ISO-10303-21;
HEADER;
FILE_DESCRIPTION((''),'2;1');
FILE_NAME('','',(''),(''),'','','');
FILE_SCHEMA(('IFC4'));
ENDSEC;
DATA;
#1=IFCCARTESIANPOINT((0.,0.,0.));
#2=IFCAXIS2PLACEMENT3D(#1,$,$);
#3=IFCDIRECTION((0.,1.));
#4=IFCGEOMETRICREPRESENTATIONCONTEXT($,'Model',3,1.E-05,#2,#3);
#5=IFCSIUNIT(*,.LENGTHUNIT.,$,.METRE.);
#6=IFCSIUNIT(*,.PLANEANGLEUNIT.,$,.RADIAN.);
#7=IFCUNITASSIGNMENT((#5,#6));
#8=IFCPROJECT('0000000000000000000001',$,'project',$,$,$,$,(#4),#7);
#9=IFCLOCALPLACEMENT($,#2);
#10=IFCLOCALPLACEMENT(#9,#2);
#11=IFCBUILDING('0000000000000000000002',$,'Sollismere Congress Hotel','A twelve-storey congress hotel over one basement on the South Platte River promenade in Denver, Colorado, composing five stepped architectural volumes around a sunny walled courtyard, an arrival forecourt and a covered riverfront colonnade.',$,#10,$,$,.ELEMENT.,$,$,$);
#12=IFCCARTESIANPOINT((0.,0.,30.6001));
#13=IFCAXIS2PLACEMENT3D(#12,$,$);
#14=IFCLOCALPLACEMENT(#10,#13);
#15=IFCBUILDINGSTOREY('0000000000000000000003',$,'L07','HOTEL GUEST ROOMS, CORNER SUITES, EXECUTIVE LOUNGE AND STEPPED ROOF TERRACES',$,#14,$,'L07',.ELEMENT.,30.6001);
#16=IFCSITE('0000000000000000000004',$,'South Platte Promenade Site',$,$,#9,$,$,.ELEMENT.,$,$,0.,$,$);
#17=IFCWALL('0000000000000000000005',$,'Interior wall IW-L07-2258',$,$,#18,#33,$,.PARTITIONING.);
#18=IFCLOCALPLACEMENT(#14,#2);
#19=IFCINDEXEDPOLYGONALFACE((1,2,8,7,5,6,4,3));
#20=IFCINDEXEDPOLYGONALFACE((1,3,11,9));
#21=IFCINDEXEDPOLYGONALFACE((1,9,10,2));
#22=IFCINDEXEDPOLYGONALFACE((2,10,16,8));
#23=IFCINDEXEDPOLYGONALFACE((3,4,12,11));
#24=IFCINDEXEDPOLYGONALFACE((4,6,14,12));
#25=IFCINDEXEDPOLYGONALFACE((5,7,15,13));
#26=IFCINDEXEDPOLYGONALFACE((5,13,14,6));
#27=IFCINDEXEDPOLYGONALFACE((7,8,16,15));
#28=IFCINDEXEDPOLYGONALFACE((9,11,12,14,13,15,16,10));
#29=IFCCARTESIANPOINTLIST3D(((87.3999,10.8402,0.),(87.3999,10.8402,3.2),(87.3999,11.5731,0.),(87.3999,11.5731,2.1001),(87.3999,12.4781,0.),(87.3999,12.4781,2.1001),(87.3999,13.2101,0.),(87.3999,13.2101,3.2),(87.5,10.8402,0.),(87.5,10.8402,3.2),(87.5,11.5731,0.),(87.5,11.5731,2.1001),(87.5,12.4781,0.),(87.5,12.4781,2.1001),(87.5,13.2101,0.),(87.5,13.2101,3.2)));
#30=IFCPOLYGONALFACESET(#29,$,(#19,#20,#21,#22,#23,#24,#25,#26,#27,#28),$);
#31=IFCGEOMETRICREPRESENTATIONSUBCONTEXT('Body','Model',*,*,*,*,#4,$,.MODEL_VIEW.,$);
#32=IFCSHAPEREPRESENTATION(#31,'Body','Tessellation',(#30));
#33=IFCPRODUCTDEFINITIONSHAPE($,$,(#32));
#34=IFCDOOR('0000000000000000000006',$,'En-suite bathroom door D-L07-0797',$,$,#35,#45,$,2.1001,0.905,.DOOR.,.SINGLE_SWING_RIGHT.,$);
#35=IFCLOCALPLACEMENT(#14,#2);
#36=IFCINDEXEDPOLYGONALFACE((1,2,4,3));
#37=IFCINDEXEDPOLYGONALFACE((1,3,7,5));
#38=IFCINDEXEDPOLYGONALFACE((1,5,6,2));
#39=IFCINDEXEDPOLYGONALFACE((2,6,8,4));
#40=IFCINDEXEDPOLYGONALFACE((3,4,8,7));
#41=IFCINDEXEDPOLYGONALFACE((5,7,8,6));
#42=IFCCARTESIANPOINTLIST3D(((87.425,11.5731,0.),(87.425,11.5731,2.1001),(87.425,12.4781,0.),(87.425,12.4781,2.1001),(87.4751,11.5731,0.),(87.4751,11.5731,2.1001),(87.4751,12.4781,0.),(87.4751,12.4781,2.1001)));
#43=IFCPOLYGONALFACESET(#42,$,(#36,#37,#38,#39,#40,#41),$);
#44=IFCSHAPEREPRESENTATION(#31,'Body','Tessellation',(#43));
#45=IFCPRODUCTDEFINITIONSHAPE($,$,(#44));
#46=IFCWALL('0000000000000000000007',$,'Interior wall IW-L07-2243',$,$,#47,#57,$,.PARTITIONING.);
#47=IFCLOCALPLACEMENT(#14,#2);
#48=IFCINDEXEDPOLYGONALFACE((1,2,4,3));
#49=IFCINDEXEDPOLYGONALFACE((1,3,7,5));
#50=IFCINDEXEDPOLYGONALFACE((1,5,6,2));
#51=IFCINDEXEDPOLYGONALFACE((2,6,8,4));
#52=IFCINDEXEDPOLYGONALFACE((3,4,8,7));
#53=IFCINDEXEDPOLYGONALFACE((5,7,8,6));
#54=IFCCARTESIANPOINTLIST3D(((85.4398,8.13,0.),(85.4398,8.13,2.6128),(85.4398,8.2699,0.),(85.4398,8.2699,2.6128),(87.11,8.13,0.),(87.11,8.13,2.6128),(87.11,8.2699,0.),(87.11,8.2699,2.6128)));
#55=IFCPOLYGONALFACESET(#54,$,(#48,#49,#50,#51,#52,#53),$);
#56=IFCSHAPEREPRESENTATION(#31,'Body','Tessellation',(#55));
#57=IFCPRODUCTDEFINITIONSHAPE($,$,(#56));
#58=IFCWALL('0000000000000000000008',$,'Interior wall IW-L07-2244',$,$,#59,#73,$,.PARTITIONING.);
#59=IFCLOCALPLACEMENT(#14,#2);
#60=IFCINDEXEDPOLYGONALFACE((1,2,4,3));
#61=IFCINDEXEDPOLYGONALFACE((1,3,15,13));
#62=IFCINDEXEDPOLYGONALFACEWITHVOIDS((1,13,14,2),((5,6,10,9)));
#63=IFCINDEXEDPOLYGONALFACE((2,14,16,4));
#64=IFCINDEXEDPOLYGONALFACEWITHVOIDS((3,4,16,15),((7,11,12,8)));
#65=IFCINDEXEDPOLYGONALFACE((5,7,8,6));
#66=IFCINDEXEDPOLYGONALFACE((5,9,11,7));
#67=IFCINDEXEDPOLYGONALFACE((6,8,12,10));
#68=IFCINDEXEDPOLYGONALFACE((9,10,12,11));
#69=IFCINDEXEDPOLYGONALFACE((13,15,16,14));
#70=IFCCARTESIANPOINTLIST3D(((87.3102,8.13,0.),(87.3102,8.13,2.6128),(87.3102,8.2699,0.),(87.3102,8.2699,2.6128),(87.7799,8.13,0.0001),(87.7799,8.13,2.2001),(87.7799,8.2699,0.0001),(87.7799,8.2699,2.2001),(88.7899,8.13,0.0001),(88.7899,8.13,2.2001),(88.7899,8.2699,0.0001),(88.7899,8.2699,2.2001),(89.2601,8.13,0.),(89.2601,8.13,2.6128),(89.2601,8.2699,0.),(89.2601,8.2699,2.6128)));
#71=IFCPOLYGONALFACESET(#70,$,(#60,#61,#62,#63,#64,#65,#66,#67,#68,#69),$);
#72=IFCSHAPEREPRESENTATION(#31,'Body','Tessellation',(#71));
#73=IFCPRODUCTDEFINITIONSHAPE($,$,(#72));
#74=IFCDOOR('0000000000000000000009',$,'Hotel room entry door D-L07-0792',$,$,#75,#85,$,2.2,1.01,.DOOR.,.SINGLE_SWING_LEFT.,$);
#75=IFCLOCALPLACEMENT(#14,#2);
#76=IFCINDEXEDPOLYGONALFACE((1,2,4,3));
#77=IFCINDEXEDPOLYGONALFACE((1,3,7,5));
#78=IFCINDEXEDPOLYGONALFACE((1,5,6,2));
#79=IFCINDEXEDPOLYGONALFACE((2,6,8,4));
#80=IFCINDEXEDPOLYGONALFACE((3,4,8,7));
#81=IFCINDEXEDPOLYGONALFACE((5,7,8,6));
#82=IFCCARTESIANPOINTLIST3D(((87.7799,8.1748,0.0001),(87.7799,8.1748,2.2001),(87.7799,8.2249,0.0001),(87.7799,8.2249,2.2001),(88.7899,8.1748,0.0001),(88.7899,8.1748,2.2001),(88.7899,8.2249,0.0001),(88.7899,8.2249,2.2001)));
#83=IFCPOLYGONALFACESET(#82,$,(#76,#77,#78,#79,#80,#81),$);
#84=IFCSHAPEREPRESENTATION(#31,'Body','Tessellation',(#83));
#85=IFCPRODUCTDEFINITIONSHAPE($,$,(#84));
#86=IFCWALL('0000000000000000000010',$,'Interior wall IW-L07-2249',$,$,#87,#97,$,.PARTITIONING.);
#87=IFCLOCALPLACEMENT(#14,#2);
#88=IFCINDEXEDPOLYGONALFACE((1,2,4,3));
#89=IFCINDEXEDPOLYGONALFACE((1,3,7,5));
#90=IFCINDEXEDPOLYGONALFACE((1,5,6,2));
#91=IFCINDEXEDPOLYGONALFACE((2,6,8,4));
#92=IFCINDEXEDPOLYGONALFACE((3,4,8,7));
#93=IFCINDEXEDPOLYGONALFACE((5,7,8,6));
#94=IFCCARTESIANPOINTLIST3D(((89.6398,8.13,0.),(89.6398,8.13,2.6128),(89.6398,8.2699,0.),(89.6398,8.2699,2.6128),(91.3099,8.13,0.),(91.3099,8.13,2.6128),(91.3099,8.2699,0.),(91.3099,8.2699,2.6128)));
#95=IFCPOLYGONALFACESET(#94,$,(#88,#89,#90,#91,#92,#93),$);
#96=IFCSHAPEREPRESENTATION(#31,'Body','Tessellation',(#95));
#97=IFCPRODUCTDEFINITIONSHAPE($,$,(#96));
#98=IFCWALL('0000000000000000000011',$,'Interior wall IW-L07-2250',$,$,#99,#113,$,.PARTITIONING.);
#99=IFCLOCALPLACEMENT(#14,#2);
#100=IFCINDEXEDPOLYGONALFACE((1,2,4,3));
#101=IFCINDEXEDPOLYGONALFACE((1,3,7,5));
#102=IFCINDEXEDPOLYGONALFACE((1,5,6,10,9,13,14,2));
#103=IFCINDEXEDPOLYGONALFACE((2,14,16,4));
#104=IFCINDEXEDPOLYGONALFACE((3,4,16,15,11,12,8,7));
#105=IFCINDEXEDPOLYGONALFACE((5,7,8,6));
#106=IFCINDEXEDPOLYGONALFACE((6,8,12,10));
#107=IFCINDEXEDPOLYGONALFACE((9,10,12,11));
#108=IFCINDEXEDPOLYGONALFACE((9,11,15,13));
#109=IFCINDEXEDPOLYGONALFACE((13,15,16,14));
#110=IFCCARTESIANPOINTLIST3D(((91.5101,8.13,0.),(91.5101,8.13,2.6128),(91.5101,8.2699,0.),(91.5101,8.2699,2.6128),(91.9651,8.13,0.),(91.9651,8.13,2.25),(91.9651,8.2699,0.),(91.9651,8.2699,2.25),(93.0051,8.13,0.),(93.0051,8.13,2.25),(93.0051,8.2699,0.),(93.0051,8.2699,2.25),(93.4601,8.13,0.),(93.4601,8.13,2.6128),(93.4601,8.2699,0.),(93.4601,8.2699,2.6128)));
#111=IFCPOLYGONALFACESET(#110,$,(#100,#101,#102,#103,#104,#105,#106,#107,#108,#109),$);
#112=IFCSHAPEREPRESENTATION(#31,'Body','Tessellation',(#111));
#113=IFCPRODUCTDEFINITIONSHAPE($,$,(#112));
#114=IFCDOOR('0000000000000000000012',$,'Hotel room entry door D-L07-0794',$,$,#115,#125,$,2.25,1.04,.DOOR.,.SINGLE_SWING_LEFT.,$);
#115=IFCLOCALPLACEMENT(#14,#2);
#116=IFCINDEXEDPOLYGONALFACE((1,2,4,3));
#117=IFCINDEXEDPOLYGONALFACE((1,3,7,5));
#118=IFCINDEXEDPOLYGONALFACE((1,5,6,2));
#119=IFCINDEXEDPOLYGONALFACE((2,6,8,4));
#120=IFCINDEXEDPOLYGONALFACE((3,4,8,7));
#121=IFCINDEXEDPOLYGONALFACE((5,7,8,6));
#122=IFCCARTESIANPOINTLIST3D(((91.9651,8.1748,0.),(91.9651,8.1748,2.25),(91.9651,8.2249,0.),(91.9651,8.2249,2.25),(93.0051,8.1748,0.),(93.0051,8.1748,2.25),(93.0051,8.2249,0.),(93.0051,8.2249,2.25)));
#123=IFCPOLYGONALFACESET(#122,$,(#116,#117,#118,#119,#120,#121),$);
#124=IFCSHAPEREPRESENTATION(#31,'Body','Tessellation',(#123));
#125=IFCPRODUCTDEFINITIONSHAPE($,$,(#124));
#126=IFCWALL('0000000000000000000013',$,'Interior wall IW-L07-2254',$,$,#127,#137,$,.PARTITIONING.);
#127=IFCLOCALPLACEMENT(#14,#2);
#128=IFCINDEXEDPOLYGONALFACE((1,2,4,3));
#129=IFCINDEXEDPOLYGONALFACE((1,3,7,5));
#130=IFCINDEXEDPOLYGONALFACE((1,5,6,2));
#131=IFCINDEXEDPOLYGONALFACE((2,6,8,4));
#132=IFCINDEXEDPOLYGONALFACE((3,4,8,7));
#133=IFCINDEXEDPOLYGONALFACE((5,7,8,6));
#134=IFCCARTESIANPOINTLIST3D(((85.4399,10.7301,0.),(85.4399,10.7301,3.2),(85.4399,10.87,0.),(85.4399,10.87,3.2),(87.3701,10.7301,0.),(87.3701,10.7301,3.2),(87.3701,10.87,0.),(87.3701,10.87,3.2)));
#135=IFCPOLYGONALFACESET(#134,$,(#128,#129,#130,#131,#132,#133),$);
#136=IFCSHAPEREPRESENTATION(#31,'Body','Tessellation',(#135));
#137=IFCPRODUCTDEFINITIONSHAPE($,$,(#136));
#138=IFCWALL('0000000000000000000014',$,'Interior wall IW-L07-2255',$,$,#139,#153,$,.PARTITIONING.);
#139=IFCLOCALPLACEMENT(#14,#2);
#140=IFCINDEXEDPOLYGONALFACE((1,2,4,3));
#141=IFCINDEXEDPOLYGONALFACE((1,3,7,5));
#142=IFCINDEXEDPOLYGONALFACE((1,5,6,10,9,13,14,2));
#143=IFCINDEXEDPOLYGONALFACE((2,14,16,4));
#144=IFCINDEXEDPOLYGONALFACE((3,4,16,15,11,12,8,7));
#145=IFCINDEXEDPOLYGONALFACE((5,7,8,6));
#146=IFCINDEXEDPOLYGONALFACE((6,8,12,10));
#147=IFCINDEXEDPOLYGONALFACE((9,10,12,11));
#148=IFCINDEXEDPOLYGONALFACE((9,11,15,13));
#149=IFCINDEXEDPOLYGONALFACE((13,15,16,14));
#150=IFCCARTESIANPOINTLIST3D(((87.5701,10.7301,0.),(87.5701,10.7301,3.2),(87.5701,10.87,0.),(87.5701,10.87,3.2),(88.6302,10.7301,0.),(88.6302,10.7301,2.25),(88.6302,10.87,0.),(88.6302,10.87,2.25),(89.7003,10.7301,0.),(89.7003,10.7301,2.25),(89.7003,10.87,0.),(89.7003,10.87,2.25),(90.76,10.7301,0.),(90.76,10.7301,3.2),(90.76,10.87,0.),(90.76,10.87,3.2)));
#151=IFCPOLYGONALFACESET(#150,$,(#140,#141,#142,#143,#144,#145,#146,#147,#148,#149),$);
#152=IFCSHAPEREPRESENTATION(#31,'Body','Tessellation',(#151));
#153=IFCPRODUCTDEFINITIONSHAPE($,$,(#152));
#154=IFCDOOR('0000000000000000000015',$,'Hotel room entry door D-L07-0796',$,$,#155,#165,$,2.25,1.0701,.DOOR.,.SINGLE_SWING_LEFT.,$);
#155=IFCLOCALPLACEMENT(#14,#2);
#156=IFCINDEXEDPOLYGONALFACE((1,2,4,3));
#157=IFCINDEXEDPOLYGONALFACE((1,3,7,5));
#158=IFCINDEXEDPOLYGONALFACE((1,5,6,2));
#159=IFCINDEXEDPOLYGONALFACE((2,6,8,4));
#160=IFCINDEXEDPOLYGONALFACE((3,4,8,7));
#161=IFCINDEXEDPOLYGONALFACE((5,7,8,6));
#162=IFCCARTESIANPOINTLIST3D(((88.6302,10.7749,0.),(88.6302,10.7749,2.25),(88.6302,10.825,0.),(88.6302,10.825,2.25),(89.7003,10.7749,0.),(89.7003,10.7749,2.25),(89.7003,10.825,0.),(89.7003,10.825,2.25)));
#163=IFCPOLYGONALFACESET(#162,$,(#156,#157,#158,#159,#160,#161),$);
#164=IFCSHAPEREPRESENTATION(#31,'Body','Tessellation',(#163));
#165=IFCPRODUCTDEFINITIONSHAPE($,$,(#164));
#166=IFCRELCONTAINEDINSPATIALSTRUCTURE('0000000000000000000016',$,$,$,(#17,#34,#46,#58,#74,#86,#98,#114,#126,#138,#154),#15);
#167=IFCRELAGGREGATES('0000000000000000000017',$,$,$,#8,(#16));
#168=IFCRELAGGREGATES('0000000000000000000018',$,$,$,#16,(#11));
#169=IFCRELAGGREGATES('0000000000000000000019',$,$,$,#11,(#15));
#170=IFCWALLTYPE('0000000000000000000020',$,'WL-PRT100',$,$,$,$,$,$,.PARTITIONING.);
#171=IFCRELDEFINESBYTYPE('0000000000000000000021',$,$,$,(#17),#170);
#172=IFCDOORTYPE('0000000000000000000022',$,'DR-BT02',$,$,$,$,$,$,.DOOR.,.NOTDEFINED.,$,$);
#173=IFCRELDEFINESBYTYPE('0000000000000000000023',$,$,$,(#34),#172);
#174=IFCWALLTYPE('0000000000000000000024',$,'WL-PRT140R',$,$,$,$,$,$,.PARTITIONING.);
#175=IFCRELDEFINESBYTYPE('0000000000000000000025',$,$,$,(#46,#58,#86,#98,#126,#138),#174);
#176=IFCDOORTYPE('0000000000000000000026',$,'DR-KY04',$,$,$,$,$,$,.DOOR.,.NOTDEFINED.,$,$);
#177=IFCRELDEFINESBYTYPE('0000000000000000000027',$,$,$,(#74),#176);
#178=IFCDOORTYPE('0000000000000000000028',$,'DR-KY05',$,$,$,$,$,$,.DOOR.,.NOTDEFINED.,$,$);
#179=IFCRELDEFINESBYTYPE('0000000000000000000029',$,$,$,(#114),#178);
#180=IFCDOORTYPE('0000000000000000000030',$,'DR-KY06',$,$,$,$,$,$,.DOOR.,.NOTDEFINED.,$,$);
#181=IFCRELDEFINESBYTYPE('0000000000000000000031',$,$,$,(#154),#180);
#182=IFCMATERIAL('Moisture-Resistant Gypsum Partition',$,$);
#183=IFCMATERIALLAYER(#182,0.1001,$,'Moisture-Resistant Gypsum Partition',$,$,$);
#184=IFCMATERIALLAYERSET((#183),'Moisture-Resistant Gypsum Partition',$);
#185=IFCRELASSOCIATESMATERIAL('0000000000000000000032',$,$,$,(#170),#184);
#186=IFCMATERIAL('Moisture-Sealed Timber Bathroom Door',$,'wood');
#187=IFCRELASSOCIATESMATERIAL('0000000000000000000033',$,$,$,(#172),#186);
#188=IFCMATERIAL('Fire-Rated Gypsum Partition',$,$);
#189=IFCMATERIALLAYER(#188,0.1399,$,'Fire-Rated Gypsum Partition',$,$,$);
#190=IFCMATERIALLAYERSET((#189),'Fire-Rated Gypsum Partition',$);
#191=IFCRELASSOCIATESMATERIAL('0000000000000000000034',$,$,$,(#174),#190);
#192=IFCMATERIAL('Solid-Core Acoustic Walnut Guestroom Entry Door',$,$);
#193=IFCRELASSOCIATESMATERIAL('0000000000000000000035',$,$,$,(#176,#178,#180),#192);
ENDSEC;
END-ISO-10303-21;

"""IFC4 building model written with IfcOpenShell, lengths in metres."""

from ifc_helpers import new_model, si_unit, direction, frame, frame_2d, origin, place, context, subcontext, project, spatial, rectangle, extrude, material, layer, layer_set, type_object, element, fill, save


model = new_model("IFC4")

# Units and contexts
model_context = context("Model", 3, precision=1e-05, world=origin(), true_north=direction((0.0, 1.0)))
body_context = subcontext(model_context, "Body", "Model", "MODEL_VIEW")
ifc_project = project(units=[si_unit("LENGTHUNIT", "METRE"), si_unit("PLANEANGLEUNIT", "RADIAN")], contexts=[model_context])

# Site, building, storey
site_placement = place(None, origin())
site = spatial("IfcSite", under=ifc_project, at=site_placement, Name="South Platte Promenade Site", CompositionType="ELEMENT", RefElevation=0.0)
building_placement = place(site_placement, origin())
building = spatial("IfcBuilding", under=site, at=building_placement, Name="Sollismere Congress Hotel", Description="A twelve-storey congress hotel over one basement on the South Platte River promenade in Denver, Colorado, composing five stepped architectural volumes around a sunny walled courtyard, an arrival forecourt and a covered riverfront colonnade.", CompositionType="ELEMENT")
storey_placement = place(building_placement, frame((0.0, 0.0, 30.6001)))
storey = spatial("IfcBuildingStorey", under=building, at=storey_placement, Name="L07", Description="HOTEL GUEST ROOMS, CORNER SUITES, EXECUTIVE LOUNGE AND STEPPED ROOF TERRACES", LongName="L07", CompositionType="ELEMENT", Elevation=30.6001)

# Wall, opening, door
ifc_material_1 = material(Name="Moisture-Resistant Gypsum Partition")
ifc_layer_1 = layer(ifc_material_1, 0.1001, Name="Moisture-Resistant Gypsum Partition")
ifc_layer_set_1 = layer_set([ifc_layer_1], Name="Moisture-Resistant Gypsum Partition")
wall_type_1 = type_object("IfcWallType", Name="WL-PRT100", PredefinedType="PARTITIONING", material=ifc_layer_set_1)
wall_1_placement = place(storey_placement, frame((87.45, 10.8401, 0.0), z_axis=(0.0, 0.0, 1.0), x_axis=(0.0, 1.0, 0.0)))
wall_1 = element("IfcWall", 1, at=wall_1_placement, inside=storey, type_object=wall_type_1, Name="Interior wall IW-L07-2258", PredefinedType="PARTITIONING", context=body_context, shape_type="SweptSolid", body=[
    extrude(rectangle(XDim=2.3699, YDim=0.1001, at=frame_2d((1.1851, 0.0))), origin(), (0.0, 0.0, 1.0), 3.2),
])
opening_1_placement = place(wall_1_placement, frame((0.7329, 0.0, 0.0)))
opening_1 = element("IfcOpeningElement", 2, at=opening_1_placement, cuts=wall_1, PredefinedType="OPENING", context=body_context, shape_type="SweptSolid", body=[
    extrude(rectangle(XDim=0.905, YDim=2.1001, at=frame_2d((0.4526, 1.05))), frame((0.0, 0.0601, 0.0), z_axis=(0.0, -1.0, 0.0), x_axis=(1.0, 0.0, 0.0)), (0.0, 0.0, 1.0), 0.1201),
])
ifc_material_2 = material(Name="Moisture-Sealed Timber Bathroom Door", Category="wood")
door_type_1 = type_object("IfcDoorType", Name="DR-BT02", OperationType="NOTDEFINED", PredefinedType="DOOR", material=ifc_material_2)
door_1_placement = place(opening_1_placement, origin())
door_1 = element("IfcDoor", 3, at=door_1_placement, inside=storey, type_object=door_type_1, Name="En-suite bathroom door D-L07-0797", OperationType="SINGLE_SWING_RIGHT", OverallHeight=2.1001, OverallWidth=0.905, PredefinedType="DOOR", context=body_context, shape_type="SweptSolid", body=[
    extrude(rectangle(XDim=0.905, YDim=2.1001, at=frame_2d((0.4526, 1.05))), frame((0.0, 0.0249, 0.0), z_axis=(0.0, -1.0, 0.0), x_axis=(1.0, 0.0, 0.0)), (0.0, 0.0, 1.0), 0.05),
])
fill(opening_1, door_1)

# Wall
ifc_material_3 = material(Name="Fire-Rated Gypsum Partition")
ifc_layer_2 = layer(ifc_material_3, 0.1399, Name="Fire-Rated Gypsum Partition")
ifc_layer_set_2 = layer_set([ifc_layer_2], Name="Fire-Rated Gypsum Partition")
wall_type_2 = type_object("IfcWallType", Name="WL-PRT140R", PredefinedType="PARTITIONING", material=ifc_layer_set_2)
wall_2_placement = place(storey_placement, frame((85.4399, 8.2, 0.0), z_axis=(0.0, 0.0, 1.0), x_axis=(1.0, 0.0, 0.0)))
element("IfcWall", 4, at=wall_2_placement, inside=storey, type_object=wall_type_2, Name="Interior wall IW-L07-2243", PredefinedType="PARTITIONING", context=body_context, shape_type="SweptSolid", body=[
    extrude(rectangle(XDim=1.6702, YDim=0.1399, at=frame_2d((0.835, 0.0))), origin(), (0.0, 0.0, 1.0), 2.6128),
])

# Wall, opening, door
wall_3_placement = place(storey_placement, frame((87.3101, 8.2, 0.0), z_axis=(0.0, 0.0, 1.0), x_axis=(1.0, 0.0, 0.0)))
wall_3 = element("IfcWall", 5, at=wall_3_placement, inside=storey, type_object=wall_type_2, Name="Interior wall IW-L07-2244", PredefinedType="PARTITIONING", context=body_context, shape_type="SweptSolid", body=[
    extrude(rectangle(XDim=1.95, YDim=0.1399, at=frame_2d((0.9751, 0.0))), origin(), (0.0, 0.0, 1.0), 2.6128),
])
opening_2_placement = place(wall_3_placement, frame((0.47, 0.0, 0.0)))
opening_2 = element("IfcOpeningElement", 6, at=opening_2_placement, cuts=wall_3, PredefinedType="OPENING", context=body_context, shape_type="SweptSolid", body=[
    extrude(rectangle(XDim=1.01, YDim=2.2, at=frame_2d((0.5049, 1.1001))), frame((0.0, 0.0798, 0.0), z_axis=(0.0, -1.0, 0.0), x_axis=(1.0, 0.0, 0.0)), (0.0, 0.0, 1.0), 0.1599),
])
ifc_material_4 = material(Name="Solid-Core Acoustic Walnut Guestroom Entry Door")
door_type_2 = type_object("IfcDoorType", Name="DR-KY04", OperationType="NOTDEFINED", PredefinedType="DOOR", material=ifc_material_4)
door_2_placement = place(opening_2_placement, origin())
door_2 = element("IfcDoor", 7, at=door_2_placement, inside=storey, type_object=door_type_2, Name="Hotel room entry door D-L07-0792", OperationType="SINGLE_SWING_LEFT", OverallHeight=2.2, OverallWidth=1.01, PredefinedType="DOOR", context=body_context, shape_type="SweptSolid", body=[
    extrude(rectangle(XDim=1.01, YDim=2.2, at=frame_2d((0.5049, 1.1001))), frame((0.0, 0.0249, 0.0), z_axis=(0.0, -1.0, 0.0), x_axis=(1.0, 0.0, 0.0)), (0.0, 0.0, 1.0), 0.05),
])
fill(opening_2, door_2)

# Wall
wall_4_placement = place(storey_placement, frame((89.6399, 8.2, 0.0), z_axis=(0.0, 0.0, 1.0), x_axis=(1.0, 0.0, 0.0)))
element("IfcWall", 8, at=wall_4_placement, inside=storey, type_object=wall_type_2, Name="Interior wall IW-L07-2249", PredefinedType="PARTITIONING", context=body_context, shape_type="SweptSolid", body=[
    extrude(rectangle(XDim=1.6702, YDim=0.1399, at=frame_2d((0.835, 0.0))), origin(), (0.0, 0.0, 1.0), 2.6128),
])

# Wall, opening, door
wall_5_placement = place(storey_placement, frame((91.51, 8.2, 0.0), z_axis=(0.0, 0.0, 1.0), x_axis=(1.0, 0.0, 0.0)))
wall_5 = element("IfcWall", 9, at=wall_5_placement, inside=storey, type_object=wall_type_2, Name="Interior wall IW-L07-2250", PredefinedType="PARTITIONING", context=body_context, shape_type="SweptSolid", body=[
    extrude(rectangle(XDim=1.95, YDim=0.1399, at=frame_2d((0.9751, 0.0))), origin(), (0.0, 0.0, 1.0), 2.6128),
])
opening_3_placement = place(wall_5_placement, frame((0.4551, 0.0, 0.0)))
opening_3 = element("IfcOpeningElement", 10, at=opening_3_placement, cuts=wall_5, PredefinedType="OPENING", context=body_context, shape_type="SweptSolid", body=[
    extrude(rectangle(XDim=1.04, YDim=2.25, at=frame_2d((0.52, 1.125))), frame((0.0, 0.0798, 0.0), z_axis=(0.0, -1.0, 0.0), x_axis=(1.0, 0.0, 0.0)), (0.0, 0.0, 1.0), 0.1599),
])
door_type_3 = type_object("IfcDoorType", Name="DR-KY05", OperationType="NOTDEFINED", PredefinedType="DOOR", material=ifc_material_4)
door_3_placement = place(opening_3_placement, origin())
door_3 = element("IfcDoor", 11, at=door_3_placement, inside=storey, type_object=door_type_3, Name="Hotel room entry door D-L07-0794", OperationType="SINGLE_SWING_LEFT", OverallHeight=2.25, OverallWidth=1.04, PredefinedType="DOOR", context=body_context, shape_type="SweptSolid", body=[
    extrude(rectangle(XDim=1.04, YDim=2.25, at=frame_2d((0.52, 1.125))), frame((0.0, 0.0249, 0.0), z_axis=(0.0, -1.0, 0.0), x_axis=(1.0, 0.0, 0.0)), (0.0, 0.0, 1.0), 0.05),
])
fill(opening_3, door_3)

# Wall
wall_6_placement = place(storey_placement, frame((85.4399, 10.8, 0.0), z_axis=(0.0, 0.0, 1.0), x_axis=(1.0, 0.0, 0.0)))
element("IfcWall", 12, at=wall_6_placement, inside=storey, type_object=wall_type_2, Name="Interior wall IW-L07-2254", PredefinedType="PARTITIONING", context=body_context, shape_type="SweptSolid", body=[
    extrude(rectangle(XDim=1.9302, YDim=0.1399, at=frame_2d((0.9651, 0.0))), origin(), (0.0, 0.0, 1.0), 3.2),
])

# Wall, opening, door
wall_7_placement = place(storey_placement, frame((87.5701, 10.8, 0.0), z_axis=(0.0, 0.0, 1.0), x_axis=(1.0, 0.0, 0.0)))
wall_7 = element("IfcWall", 13, at=wall_7_placement, inside=storey, type_object=wall_type_2, Name="Interior wall IW-L07-2255", PredefinedType="PARTITIONING", context=body_context, shape_type="SweptSolid", body=[
    extrude(rectangle(XDim=3.1899, YDim=0.1399, at=frame_2d((1.595, 0.0))), origin(), (0.0, 0.0, 1.0), 3.2),
])
opening_4_placement = place(wall_7_placement, frame((1.0601, 0.0, 0.0)))
opening_4 = element("IfcOpeningElement", 14, at=opening_4_placement, cuts=wall_7, PredefinedType="OPENING", context=body_context, shape_type="SweptSolid", body=[
    extrude(rectangle(XDim=1.0701, YDim=2.25, at=frame_2d((0.5352, 1.125))), frame((0.0, 0.0798, 0.0), z_axis=(0.0, -1.0, 0.0), x_axis=(1.0, 0.0, 0.0)), (0.0, 0.0, 1.0), 0.1599),
])
door_type_4 = type_object("IfcDoorType", Name="DR-KY06", OperationType="NOTDEFINED", PredefinedType="DOOR", material=ifc_material_4)
door_4_placement = place(opening_4_placement, origin())
door_4 = element("IfcDoor", 15, at=door_4_placement, inside=storey, type_object=door_type_4, Name="Hotel room entry door D-L07-0796", OperationType="SINGLE_SWING_LEFT", OverallHeight=2.25, OverallWidth=1.0701, PredefinedType="DOOR", context=body_context, shape_type="SweptSolid", body=[
    extrude(rectangle(XDim=1.0701, YDim=2.25, at=frame_2d((0.5352, 1.125))), frame((0.0, 0.0249, 0.0), z_axis=(0.0, -1.0, 0.0), x_axis=(1.0, 0.0, 0.0)), (0.0, 0.0, 1.0), 0.05),
])
fill(opening_4, door_4)

save(model, "model.ifc")
